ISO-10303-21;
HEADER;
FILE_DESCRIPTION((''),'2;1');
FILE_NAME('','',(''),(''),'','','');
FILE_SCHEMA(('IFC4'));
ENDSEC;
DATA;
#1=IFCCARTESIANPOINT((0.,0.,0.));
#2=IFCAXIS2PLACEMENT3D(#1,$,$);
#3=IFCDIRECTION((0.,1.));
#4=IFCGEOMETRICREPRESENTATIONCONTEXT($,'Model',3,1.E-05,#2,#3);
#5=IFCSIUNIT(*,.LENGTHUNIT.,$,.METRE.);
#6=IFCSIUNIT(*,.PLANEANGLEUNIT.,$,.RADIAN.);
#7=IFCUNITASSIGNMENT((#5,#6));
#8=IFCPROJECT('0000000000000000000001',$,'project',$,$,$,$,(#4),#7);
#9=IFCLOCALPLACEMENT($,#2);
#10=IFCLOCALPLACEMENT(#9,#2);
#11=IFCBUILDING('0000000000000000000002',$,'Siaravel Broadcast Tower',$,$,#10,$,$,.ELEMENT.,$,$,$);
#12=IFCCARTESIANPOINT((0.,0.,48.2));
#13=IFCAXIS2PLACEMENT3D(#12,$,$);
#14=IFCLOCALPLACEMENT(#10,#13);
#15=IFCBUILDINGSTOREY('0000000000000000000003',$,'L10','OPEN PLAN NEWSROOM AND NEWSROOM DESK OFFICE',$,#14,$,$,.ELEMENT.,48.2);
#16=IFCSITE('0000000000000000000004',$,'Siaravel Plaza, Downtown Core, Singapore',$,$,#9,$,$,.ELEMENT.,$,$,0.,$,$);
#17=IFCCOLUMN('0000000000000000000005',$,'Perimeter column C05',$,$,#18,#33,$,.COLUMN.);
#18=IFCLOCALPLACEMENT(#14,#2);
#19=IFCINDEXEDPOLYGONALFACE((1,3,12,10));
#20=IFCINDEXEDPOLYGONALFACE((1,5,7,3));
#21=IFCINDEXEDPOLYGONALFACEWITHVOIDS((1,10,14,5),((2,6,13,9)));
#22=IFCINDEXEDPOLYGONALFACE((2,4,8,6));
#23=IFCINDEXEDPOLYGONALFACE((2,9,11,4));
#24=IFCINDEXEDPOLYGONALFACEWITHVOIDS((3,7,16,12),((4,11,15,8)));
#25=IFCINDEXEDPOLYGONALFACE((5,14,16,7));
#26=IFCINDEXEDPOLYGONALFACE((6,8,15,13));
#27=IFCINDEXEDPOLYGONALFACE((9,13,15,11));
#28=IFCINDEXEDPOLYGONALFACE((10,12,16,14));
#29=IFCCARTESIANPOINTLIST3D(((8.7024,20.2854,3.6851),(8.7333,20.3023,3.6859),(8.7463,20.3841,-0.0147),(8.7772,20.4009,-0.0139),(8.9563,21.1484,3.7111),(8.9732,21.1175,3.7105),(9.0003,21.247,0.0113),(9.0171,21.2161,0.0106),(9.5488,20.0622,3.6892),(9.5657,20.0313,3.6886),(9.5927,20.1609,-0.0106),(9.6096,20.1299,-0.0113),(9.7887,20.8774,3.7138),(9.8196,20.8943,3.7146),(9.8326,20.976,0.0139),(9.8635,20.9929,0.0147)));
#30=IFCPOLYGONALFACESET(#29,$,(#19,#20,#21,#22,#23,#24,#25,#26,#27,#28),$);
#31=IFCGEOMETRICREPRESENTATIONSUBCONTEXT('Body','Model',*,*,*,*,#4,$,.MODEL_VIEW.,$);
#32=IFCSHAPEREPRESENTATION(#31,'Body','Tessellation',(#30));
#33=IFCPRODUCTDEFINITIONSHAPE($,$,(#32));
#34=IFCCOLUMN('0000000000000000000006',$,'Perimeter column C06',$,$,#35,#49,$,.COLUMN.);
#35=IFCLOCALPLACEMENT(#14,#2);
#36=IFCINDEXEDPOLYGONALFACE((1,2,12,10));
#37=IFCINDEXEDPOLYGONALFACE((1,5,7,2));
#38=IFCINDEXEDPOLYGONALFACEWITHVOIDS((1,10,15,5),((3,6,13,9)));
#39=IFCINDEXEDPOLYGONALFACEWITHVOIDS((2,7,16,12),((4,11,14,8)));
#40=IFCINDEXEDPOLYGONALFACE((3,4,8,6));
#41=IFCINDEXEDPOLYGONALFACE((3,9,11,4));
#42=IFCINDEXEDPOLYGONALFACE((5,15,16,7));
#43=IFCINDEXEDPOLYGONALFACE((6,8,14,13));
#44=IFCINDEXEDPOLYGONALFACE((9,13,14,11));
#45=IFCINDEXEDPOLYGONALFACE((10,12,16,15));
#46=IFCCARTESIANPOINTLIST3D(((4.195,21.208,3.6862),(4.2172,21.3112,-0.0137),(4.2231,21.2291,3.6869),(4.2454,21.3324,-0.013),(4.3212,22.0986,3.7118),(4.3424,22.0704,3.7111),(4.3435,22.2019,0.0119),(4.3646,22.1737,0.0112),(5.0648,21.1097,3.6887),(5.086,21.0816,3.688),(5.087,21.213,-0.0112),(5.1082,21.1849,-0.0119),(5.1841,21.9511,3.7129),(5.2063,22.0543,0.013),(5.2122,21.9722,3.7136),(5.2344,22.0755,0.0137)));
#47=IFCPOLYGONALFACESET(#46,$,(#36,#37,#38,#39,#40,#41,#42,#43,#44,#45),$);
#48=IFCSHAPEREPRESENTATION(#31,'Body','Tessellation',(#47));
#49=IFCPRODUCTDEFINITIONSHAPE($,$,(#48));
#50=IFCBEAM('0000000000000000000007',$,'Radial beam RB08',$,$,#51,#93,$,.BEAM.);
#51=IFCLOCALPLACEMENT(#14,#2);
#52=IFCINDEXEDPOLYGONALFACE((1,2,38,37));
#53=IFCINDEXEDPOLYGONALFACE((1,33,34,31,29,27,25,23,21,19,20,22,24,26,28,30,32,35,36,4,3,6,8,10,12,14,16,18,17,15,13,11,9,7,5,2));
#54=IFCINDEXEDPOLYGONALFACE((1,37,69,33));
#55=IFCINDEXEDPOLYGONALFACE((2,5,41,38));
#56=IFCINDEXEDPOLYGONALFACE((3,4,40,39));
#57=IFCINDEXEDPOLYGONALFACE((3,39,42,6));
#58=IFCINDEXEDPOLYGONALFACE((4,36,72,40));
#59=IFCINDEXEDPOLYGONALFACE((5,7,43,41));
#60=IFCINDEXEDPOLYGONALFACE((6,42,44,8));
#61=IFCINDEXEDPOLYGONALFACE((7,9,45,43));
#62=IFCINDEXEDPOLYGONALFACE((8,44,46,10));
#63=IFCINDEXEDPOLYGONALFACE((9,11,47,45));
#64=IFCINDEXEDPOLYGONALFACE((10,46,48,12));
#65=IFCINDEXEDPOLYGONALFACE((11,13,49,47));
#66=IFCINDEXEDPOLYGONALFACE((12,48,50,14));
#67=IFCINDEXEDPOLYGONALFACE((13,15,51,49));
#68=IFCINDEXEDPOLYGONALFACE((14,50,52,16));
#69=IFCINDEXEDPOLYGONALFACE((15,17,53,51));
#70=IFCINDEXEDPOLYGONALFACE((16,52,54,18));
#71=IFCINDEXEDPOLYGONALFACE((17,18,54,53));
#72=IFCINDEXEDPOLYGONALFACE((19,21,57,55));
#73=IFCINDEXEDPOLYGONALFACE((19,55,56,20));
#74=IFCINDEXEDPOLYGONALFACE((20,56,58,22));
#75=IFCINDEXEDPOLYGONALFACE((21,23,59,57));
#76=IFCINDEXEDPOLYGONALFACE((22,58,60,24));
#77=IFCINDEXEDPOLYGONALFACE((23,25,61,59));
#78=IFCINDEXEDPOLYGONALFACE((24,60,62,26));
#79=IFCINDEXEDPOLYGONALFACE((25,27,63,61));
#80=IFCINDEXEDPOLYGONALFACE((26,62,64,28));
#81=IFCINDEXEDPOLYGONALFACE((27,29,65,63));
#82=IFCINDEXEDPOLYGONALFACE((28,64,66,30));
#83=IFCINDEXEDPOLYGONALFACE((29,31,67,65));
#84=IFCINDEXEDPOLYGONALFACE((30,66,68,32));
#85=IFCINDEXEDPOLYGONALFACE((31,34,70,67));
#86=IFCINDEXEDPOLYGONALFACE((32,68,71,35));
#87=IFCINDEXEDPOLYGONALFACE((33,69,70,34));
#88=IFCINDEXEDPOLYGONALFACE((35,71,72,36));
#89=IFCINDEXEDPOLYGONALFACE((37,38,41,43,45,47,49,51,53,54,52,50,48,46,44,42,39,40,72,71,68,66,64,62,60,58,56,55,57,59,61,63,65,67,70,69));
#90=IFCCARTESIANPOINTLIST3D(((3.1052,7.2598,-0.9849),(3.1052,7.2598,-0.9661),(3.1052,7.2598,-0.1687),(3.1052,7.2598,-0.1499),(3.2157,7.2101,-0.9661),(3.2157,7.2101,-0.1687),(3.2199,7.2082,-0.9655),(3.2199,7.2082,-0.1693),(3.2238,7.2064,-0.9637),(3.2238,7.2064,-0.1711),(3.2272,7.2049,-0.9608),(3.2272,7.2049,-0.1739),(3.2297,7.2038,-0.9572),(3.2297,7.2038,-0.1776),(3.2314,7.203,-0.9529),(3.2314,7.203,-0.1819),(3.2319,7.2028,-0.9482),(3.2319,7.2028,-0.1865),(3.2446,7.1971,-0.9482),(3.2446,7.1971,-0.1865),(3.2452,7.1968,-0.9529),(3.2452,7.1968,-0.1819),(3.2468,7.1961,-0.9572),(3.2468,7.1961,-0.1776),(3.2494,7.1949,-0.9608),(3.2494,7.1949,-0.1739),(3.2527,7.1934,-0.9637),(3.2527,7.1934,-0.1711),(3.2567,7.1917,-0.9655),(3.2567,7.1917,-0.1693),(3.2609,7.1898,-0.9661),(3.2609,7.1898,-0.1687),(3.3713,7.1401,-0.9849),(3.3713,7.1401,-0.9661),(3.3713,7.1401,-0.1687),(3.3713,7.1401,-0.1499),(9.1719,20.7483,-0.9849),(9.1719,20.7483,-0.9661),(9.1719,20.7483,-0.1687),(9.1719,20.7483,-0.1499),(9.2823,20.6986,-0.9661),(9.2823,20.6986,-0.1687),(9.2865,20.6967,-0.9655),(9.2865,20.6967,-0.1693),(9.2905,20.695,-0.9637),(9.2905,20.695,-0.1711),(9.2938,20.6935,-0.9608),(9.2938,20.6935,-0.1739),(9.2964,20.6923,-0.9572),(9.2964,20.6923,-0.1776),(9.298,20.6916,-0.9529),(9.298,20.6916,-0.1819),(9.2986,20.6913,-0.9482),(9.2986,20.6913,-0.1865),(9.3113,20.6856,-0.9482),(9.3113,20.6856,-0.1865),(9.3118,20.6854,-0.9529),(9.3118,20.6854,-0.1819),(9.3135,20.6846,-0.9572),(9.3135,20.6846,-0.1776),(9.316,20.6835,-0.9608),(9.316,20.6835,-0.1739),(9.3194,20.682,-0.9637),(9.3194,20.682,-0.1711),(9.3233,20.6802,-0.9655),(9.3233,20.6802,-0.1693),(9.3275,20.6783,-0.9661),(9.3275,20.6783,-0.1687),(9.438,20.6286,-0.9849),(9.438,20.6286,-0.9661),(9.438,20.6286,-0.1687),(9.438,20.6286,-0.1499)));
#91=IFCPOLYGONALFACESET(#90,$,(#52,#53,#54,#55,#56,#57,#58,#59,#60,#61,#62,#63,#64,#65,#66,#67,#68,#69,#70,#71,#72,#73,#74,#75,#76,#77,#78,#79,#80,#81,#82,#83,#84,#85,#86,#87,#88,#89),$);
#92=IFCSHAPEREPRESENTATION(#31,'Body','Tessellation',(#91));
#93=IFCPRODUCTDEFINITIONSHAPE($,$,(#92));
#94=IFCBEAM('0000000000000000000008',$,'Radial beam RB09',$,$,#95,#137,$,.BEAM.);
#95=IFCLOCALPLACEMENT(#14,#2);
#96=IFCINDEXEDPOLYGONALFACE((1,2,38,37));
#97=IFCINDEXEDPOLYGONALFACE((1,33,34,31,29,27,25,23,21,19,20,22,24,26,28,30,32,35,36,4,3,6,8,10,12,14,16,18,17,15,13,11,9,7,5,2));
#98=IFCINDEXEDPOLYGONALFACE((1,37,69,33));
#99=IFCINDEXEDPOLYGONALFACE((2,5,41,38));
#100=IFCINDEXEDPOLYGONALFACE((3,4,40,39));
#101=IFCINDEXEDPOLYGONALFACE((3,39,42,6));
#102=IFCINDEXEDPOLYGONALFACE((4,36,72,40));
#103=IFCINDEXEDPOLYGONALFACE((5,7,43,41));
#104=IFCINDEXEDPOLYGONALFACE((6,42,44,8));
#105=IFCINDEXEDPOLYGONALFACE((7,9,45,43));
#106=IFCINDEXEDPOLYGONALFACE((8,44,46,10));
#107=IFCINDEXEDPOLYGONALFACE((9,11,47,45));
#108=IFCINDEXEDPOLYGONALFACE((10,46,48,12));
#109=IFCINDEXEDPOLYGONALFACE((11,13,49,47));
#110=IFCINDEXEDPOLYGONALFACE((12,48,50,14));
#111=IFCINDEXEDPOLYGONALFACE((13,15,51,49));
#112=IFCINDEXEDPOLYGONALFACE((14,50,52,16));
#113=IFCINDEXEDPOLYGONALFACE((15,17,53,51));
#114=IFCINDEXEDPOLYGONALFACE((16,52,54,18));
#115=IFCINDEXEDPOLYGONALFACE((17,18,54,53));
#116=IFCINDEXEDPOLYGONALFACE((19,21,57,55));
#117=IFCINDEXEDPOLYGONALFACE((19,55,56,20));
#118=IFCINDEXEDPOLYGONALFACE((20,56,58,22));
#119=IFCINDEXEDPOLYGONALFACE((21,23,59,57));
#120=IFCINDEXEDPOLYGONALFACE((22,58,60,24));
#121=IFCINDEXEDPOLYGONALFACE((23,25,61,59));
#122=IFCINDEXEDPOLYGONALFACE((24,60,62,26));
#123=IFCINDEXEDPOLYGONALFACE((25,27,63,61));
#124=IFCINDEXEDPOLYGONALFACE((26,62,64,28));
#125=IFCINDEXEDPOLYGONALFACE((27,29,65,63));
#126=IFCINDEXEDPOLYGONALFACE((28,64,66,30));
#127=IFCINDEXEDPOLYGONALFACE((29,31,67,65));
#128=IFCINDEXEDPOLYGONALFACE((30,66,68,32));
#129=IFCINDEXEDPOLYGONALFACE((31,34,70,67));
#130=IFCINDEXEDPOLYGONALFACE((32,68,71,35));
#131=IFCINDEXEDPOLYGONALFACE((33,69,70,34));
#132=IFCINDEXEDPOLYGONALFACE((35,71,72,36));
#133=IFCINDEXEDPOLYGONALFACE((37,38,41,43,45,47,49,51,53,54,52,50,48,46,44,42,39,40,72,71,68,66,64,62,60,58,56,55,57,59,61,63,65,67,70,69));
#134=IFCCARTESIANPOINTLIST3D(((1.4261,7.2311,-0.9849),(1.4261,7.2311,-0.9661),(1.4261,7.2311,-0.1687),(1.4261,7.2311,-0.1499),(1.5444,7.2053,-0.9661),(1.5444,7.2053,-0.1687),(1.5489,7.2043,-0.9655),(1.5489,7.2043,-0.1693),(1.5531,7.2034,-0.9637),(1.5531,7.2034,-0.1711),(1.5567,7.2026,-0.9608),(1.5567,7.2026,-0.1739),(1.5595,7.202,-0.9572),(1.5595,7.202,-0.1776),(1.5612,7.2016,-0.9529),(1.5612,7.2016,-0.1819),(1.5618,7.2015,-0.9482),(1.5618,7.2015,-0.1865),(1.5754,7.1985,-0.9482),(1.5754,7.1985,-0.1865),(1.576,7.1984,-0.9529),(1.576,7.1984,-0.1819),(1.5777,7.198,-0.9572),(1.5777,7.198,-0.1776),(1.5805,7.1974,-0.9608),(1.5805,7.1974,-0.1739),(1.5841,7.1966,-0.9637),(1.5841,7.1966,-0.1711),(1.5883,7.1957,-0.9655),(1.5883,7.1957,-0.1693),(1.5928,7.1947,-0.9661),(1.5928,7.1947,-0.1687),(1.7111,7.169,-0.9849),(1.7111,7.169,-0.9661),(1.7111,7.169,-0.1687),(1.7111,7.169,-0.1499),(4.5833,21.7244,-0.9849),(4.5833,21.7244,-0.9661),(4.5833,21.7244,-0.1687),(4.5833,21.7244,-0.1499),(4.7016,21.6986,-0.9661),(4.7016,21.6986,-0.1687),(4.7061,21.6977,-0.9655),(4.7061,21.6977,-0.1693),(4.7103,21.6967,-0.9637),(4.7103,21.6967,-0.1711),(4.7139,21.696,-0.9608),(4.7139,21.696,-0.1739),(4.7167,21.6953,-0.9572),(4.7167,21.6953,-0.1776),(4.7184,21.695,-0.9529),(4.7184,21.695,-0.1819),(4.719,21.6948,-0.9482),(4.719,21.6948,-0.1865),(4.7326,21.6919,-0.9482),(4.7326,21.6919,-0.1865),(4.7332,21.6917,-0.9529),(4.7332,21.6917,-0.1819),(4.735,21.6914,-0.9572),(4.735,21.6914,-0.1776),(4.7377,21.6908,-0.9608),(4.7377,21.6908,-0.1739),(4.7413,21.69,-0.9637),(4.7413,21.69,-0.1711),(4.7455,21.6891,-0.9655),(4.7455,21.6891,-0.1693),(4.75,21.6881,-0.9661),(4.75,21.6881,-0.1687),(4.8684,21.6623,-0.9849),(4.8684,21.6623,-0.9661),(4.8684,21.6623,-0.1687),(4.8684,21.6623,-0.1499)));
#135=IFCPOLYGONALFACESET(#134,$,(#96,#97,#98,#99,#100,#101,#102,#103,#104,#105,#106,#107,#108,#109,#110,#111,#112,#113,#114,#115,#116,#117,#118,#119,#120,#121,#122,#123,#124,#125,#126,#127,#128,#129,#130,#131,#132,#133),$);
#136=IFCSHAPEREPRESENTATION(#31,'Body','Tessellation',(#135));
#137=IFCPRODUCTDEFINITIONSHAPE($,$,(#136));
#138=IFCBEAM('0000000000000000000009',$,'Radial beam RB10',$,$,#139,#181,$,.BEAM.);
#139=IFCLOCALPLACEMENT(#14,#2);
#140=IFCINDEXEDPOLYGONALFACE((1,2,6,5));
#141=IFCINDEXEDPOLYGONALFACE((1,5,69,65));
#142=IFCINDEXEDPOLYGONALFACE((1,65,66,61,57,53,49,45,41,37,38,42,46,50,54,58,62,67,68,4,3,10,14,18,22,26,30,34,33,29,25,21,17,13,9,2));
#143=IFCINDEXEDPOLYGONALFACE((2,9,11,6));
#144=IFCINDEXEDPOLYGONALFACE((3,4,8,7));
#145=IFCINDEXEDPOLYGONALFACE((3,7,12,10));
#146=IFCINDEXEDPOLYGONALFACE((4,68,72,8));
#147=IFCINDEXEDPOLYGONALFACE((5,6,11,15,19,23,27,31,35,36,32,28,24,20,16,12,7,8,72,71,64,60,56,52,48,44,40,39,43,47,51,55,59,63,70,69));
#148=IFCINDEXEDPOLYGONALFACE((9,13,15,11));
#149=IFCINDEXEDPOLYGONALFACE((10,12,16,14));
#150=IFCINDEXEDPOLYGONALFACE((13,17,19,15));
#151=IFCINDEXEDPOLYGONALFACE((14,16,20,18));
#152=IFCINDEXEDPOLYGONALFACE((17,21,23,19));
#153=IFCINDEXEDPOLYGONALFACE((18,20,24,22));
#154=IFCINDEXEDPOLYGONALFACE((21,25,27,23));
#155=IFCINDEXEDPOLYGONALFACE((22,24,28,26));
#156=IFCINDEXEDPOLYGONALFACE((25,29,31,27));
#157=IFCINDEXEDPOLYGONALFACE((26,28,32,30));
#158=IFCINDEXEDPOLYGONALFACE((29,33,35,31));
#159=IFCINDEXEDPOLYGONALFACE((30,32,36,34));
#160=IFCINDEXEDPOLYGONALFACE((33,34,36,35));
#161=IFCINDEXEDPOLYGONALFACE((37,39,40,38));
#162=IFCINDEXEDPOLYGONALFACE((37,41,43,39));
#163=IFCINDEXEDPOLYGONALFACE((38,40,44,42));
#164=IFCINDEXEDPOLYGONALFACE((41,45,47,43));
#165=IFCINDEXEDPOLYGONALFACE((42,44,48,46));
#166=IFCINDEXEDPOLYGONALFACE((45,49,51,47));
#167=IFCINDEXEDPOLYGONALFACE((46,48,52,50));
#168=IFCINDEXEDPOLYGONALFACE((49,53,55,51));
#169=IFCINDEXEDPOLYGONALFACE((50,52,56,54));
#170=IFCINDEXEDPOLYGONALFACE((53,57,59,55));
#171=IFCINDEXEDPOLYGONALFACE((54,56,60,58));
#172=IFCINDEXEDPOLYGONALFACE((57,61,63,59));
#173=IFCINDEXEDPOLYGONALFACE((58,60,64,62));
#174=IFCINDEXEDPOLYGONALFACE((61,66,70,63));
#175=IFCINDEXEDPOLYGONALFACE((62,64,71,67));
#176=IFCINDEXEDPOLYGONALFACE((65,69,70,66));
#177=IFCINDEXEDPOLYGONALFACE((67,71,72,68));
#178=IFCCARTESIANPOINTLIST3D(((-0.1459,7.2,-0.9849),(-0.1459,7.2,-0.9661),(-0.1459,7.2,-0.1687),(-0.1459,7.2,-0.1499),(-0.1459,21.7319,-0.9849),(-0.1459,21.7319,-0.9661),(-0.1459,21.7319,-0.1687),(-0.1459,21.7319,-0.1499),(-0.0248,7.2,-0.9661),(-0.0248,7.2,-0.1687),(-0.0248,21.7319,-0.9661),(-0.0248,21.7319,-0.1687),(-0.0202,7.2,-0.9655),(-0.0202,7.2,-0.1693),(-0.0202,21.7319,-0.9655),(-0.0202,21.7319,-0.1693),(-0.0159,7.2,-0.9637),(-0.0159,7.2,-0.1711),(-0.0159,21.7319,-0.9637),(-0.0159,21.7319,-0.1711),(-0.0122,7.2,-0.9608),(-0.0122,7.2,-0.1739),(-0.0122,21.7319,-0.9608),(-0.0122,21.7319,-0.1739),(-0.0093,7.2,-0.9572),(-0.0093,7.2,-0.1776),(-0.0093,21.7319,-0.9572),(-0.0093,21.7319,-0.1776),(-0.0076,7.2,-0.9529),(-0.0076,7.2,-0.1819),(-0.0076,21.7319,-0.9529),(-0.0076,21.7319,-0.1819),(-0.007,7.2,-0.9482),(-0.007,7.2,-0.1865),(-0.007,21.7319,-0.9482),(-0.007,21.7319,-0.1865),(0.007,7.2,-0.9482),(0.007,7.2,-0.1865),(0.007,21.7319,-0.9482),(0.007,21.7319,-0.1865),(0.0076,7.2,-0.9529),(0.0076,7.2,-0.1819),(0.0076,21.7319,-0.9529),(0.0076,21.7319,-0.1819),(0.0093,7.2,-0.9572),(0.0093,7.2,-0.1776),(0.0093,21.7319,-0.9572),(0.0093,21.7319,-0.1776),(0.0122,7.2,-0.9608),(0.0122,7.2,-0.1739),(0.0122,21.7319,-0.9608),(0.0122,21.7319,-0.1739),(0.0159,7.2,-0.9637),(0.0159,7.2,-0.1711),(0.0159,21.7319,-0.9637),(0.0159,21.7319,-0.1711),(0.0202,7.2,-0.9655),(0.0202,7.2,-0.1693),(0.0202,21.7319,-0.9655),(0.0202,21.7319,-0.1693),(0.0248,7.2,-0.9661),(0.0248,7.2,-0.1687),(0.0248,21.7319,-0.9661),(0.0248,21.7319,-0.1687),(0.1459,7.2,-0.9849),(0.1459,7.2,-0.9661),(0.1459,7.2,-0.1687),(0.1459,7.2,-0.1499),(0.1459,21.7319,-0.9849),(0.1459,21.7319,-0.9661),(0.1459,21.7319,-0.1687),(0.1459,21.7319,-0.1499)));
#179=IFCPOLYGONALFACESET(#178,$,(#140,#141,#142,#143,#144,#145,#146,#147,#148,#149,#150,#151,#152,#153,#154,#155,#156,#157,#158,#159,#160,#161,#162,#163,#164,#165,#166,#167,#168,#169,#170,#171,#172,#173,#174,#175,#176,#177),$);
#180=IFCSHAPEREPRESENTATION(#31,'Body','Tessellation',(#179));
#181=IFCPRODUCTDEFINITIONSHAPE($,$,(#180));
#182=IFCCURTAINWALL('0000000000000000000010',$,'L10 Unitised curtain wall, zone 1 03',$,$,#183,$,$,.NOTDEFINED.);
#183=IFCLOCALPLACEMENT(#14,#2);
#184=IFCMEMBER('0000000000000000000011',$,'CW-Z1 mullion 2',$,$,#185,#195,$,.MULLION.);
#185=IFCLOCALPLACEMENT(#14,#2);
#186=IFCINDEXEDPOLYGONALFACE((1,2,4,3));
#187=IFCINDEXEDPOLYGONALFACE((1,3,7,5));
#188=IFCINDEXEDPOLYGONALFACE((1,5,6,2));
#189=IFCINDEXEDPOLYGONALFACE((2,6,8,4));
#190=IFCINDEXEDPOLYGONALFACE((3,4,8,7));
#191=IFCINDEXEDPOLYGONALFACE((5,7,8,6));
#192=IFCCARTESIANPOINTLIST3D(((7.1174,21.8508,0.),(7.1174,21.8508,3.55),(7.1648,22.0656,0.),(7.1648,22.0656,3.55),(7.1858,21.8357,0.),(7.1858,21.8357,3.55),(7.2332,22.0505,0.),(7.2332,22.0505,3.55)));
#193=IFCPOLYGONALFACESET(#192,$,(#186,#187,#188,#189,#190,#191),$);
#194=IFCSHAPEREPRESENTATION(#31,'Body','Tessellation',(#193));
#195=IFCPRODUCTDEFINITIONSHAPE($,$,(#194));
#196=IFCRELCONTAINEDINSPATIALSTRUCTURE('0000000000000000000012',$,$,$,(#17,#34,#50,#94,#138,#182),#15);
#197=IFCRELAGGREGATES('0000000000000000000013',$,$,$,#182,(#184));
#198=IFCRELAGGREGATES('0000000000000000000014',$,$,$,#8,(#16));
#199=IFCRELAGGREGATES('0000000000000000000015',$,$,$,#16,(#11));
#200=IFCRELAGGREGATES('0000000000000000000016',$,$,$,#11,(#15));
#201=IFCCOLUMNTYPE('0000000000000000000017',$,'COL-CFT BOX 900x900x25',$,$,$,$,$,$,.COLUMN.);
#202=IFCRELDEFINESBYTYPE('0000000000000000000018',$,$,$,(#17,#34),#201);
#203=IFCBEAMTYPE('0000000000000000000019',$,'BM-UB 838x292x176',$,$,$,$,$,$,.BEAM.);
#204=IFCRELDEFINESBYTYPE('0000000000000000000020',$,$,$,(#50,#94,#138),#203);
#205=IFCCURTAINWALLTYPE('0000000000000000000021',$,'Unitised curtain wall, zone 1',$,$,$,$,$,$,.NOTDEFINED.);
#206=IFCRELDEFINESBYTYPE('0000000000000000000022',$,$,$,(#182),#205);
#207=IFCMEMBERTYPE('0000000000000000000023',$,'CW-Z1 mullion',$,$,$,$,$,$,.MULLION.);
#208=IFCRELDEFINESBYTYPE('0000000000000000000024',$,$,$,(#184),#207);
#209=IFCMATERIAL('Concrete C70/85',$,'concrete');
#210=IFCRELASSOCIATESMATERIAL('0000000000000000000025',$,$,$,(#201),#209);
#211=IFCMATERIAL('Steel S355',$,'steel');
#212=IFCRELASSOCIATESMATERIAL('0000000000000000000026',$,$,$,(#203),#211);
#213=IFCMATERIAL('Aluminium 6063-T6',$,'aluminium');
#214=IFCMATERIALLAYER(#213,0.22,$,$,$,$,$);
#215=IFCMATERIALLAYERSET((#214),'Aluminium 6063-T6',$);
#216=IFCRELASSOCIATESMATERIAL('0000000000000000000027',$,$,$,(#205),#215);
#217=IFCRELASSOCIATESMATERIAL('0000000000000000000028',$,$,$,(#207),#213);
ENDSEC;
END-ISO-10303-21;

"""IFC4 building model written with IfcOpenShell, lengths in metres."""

from ifc_helpers import new_model, si_unit, direction, frame, origin, origin_2d, place, context, subcontext, project, spatial, rectangle, hollow_rectangle, i_section, extrude, material, layer, layer_set, material_profile, profile_set, type_object, element, aggregate, save


model = new_model("IFC4")

# Units and contexts
model_context = context("Model", 3, precision=1e-05, world=origin(), true_north=direction((0.0, 1.0)))
body_context = subcontext(model_context, "Body", "Model", "MODEL_VIEW")
ifc_project = project(units=[si_unit("LENGTHUNIT", "METRE"), si_unit("PLANEANGLEUNIT", "RADIAN")], contexts=[model_context])

# Site, building, storey
site_placement = place(None, origin())
site = spatial("IfcSite", under=ifc_project, at=site_placement, Name="Siaravel Plaza, Downtown Core, Singapore", CompositionType="ELEMENT", RefElevation=0.0)
building_placement = place(site_placement, origin())
building = spatial("IfcBuilding", under=site, at=building_placement, Name="Siaravel Broadcast Tower", CompositionType="ELEMENT")
storey_placement = place(building_placement, frame((0.0, 0.0, 48.2)))
storey = spatial("IfcBuildingStorey", under=building, at=storey_placement, Name="L10", Description="OPEN PLAN NEWSROOM AND NEWSROOM DESK OFFICE", CompositionType="ELEMENT", Elevation=48.2)

# Columns
ifc_material_1 = material(Name="Concrete C70/85", Category="concrete")
ifc_material_profile_1 = material_profile(ifc_material_1, hollow_rectangle(XDim=0.8999, YDim=0.8999, WallThickness=0.0249, at=origin_2d()))
ifc_profile_set_1 = profile_set([ifc_material_profile_1], Name="Concrete C70/85")
column_type = type_object("IfcColumnType", Name="COL-CFT BOX 900x900x25", PredefinedType="COLUMN", material=ifc_profile_set_1)
for number, where, z_axis, x_axis, name in (
    (1, (9.3049, 20.6885, 0.0), (-0.011872, -0.026647, 0.999574), (0.959291, -0.282395, 0.003866), "Perimeter column C05"),
    (2, (4.7258, 21.6934, 0.0), (-0.006002, -0.0279, 0.999593), (0.990091, -0.140411, 0.002026), "Perimeter column C06"),
):
    element("IfcColumn", number, at=place(storey_placement, frame(where, z_axis=z_axis, x_axis=x_axis)), inside=storey, type_object=column_type, Name=name, PredefinedType="COLUMN", context=body_context, shape_type="SweptSolid", body=[
        extrude(hollow_rectangle(XDim=0.8999, YDim=0.8999, WallThickness=0.0249, at=origin_2d()), origin(), (0.0, 0.0, 1.0), 3.7014),
    ])

# Beams
ifc_material_2 = material(Name="Steel S355", Category="steel")
ifc_material_profile_2 = material_profile(ifc_material_2, i_section(OverallWidth=0.2917, OverallDepth=0.835, WebThickness=0.0139, FlangeThickness=0.0188, FilletRadius=0.0178, at=origin_2d()))
ifc_profile_set_2 = profile_set([ifc_material_profile_2], Name="Steel S355")
beam_type = type_object("IfcBeamType", Name="BM-UB 838x292x176", PredefinedType="BEAM", material=ifc_profile_set_2)
beam_1_placement = place(storey_placement, frame((9.3049, 20.6885, -0.5674), z_axis=(-0.410186, -0.912002, 0.0), x_axis=(0.912002, -0.410186, 0.0)))
element("IfcBeam", 3, at=beam_1_placement, inside=storey, type_object=beam_type, Name="Radial beam RB08", PredefinedType="BEAM", context=body_context, shape_type="SweptSolid", body=[
    extrude(i_section(OverallWidth=0.2917, OverallDepth=0.835, WebThickness=0.0139, FlangeThickness=0.0188, FilletRadius=0.0178, at=origin_2d()), origin(), (0.0, 0.0, 1.0), 14.79),
])
beam_2_placement = place(storey_placement, frame((4.7258, 21.6934, -0.5674), z_axis=(-0.212847, -0.977086, 0.0), x_axis=(0.977086, -0.212847, 0.0)))
element("IfcBeam", 4, at=beam_2_placement, inside=storey, type_object=beam_type, Name="Radial beam RB09", PredefinedType="BEAM", context=body_context, shape_type="SweptSolid", body=[
    extrude(i_section(OverallWidth=0.2917, OverallDepth=0.835, WebThickness=0.0139, FlangeThickness=0.0188, FilletRadius=0.0178, at=origin_2d()), origin(), (0.0, 0.0, 1.0), 14.8333),
])
beam_3_placement = place(storey_placement, frame((0.0, 21.7319, -0.5674), z_axis=(0.0, -1.0, 0.0), x_axis=(1.0, 0.0, 0.0)))
element("IfcBeam", 5, at=beam_3_placement, inside=storey, type_object=beam_type, Name="Radial beam RB10", PredefinedType="BEAM", context=body_context, shape_type="SweptSolid", body=[
    extrude(i_section(OverallWidth=0.2917, OverallDepth=0.835, WebThickness=0.0139, FlangeThickness=0.0188, FilletRadius=0.0178, at=origin_2d()), origin(), (0.0, 0.0, 1.0), 14.532),
])

# Curtain wall, member
ifc_material_3 = material(Name="Aluminium 6063-T6", Category="aluminium")
ifc_layer_1 = layer(ifc_material_3, 0.22)
ifc_layer_set_1 = layer_set([ifc_layer_1], Name="Aluminium 6063-T6")
curtain_wall_type = type_object("IfcCurtainWallType", Name="Unitised curtain wall, zone 1", PredefinedType="NOTDEFINED", material=ifc_layer_set_1)
curtain_wall_placement = place(storey_placement, origin())
curtain_wall = element("IfcCurtainWall", 6, at=curtain_wall_placement, inside=storey, type_object=curtain_wall_type, Name="L10 Unitised curtain wall, zone 1 03", PredefinedType="NOTDEFINED")
ifc_material_profile_3 = material_profile(ifc_material_3, rectangle(XDim=0.22, YDim=0.0701, at=origin_2d()))
ifc_profile_set_3 = profile_set([ifc_material_profile_3], Name="Aluminium 6063-T6")
member_type_1 = type_object("IfcMemberType", Name="CW-Z1 mullion", PredefinedType="MULLION", material=ifc_profile_set_3)
member_1_placement = place(storey_placement, frame((7.1753, 21.9507, 0.0), z_axis=(0.0, 0.0, 1.0), x_axis=(-0.215558, -0.976491, 0.0)))
member_1 = element("IfcMember", 7, at=member_1_placement, type_object=member_type_1, Name="CW-Z1 mullion 2", PredefinedType="MULLION", context=body_context, shape_type="SweptSolid", body=[
    extrude(rectangle(XDim=0.22, YDim=0.0701, at=origin_2d()), origin(), (0.0, 0.0, 1.0), 3.55),
])

aggregate(curtain_wall, [member_1])

save(model, "model.ifc")
